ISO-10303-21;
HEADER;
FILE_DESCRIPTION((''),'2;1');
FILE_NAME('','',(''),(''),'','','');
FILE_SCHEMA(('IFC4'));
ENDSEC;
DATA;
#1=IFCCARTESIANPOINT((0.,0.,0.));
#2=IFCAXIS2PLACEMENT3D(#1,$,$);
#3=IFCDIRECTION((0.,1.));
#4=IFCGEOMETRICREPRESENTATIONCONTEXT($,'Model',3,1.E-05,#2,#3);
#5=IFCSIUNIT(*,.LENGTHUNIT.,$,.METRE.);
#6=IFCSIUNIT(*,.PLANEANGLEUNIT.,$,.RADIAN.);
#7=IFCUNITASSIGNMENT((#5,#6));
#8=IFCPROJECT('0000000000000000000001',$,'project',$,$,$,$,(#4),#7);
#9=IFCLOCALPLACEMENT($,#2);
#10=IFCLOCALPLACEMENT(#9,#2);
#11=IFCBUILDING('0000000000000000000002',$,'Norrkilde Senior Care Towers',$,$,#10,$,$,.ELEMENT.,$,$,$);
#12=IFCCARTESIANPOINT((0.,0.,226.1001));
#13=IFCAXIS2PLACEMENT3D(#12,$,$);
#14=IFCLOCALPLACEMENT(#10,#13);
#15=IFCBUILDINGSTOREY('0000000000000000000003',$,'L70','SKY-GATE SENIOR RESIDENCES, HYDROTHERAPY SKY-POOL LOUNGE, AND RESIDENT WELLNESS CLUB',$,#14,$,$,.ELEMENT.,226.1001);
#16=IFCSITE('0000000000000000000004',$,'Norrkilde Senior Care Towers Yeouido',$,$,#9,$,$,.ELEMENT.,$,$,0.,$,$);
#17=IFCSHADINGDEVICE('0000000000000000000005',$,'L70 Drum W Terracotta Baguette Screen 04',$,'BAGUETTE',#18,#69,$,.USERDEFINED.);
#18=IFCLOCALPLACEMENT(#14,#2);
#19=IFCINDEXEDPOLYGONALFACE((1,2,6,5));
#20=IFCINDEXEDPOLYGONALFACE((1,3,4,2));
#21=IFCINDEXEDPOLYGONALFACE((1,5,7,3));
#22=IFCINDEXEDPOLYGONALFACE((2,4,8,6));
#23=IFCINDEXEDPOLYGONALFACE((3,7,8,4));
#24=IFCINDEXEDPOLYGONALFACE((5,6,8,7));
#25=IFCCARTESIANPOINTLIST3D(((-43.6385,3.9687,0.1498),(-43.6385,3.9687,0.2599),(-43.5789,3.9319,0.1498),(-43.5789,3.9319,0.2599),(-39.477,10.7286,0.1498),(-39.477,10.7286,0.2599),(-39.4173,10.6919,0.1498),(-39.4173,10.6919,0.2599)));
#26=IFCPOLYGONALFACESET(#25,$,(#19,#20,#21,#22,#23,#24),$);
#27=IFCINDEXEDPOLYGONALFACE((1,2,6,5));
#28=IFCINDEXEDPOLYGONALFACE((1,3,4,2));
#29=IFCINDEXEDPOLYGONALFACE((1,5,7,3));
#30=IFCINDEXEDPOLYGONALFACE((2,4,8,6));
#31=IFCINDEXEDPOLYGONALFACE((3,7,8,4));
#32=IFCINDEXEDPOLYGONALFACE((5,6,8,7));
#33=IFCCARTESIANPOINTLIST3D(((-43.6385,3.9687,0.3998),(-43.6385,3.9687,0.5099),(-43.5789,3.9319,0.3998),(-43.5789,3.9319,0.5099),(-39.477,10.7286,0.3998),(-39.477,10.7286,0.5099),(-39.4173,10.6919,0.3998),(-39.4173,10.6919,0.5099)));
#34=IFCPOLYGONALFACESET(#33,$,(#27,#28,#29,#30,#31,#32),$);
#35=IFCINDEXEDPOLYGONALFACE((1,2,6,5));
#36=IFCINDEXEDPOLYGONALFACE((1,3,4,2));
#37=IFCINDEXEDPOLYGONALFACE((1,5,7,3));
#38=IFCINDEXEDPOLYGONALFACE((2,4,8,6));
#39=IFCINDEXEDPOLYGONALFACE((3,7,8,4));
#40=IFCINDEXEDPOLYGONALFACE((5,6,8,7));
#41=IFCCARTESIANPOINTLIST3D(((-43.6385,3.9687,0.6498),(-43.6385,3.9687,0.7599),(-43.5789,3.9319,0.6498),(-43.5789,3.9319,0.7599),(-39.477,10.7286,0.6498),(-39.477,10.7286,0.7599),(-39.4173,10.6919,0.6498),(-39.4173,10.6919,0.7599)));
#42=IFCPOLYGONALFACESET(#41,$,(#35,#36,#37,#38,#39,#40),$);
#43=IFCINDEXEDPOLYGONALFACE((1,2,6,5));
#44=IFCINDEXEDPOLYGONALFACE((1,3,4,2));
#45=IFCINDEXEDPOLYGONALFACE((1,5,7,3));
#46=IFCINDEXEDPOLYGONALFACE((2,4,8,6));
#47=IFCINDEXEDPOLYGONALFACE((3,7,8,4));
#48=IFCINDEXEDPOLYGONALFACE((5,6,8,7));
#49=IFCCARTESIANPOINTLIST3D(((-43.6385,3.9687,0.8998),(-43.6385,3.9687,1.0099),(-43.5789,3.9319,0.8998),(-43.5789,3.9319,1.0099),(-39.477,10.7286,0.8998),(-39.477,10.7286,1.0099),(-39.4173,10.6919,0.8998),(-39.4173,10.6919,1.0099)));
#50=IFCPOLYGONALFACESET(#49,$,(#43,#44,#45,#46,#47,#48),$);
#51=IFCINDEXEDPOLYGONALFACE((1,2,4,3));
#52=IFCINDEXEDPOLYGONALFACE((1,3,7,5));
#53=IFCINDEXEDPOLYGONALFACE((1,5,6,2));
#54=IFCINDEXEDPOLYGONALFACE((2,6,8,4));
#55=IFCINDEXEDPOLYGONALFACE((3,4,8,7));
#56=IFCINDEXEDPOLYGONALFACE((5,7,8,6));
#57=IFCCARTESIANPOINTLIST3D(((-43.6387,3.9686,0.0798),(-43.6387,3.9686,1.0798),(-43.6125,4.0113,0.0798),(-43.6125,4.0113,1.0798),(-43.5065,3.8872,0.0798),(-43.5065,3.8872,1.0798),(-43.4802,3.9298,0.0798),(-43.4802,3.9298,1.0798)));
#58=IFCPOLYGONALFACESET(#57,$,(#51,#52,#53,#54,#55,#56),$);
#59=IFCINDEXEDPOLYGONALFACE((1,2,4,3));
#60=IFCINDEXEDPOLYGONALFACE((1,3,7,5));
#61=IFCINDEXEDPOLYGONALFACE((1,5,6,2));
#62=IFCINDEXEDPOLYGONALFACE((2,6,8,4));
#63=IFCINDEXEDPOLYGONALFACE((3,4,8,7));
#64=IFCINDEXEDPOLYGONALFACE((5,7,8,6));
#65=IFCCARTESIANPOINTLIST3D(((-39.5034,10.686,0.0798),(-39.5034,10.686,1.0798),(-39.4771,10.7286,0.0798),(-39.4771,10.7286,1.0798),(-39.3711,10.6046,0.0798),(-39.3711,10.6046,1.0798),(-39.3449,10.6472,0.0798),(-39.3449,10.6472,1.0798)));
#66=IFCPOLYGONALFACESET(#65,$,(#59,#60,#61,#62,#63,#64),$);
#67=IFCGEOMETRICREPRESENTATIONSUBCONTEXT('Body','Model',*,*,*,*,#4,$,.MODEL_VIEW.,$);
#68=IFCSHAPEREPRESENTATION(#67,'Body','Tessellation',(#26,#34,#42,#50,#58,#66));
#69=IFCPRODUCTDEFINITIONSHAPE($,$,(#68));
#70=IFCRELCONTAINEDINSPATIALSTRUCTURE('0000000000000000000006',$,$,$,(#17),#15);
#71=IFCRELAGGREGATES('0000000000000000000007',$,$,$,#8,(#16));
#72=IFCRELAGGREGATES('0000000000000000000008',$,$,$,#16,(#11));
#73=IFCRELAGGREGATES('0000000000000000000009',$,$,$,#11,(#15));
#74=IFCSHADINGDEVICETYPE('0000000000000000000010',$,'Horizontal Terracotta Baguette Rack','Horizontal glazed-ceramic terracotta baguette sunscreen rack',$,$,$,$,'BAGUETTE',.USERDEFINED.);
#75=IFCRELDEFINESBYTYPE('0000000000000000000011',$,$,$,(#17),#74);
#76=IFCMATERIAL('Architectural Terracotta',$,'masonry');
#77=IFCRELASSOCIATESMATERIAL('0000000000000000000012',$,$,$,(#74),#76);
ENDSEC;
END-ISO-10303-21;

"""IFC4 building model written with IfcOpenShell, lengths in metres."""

from ifc_helpers import new_model, si_unit, direction, frame, origin, origin_2d, place, context, subcontext, project, spatial, rectangle, extrude, source, transform, mapped, material, type_object, type_shapes, element, save


model = new_model("IFC4")

# Units and contexts
model_context = context("Model", 3, precision=1e-05, world=origin(), true_north=direction((0.0, 1.0)))
body_context = subcontext(model_context, "Body", "Model", "MODEL_VIEW")
ifc_project = project(units=[si_unit("LENGTHUNIT", "METRE"), si_unit("PLANEANGLEUNIT", "RADIAN")], contexts=[model_context])

# Site, building, storey
site_placement = place(None, origin())
site = spatial("IfcSite", under=ifc_project, at=site_placement, Name="Norrkilde Senior Care Towers Yeouido", CompositionType="ELEMENT", RefElevation=0.0)
building_placement = place(site_placement, origin())
building = spatial("IfcBuilding", under=site, at=building_placement, Name="Norrkilde Senior Care Towers", CompositionType="ELEMENT")
storey_placement = place(building_placement, frame((0.0, 0.0, 226.1001)))
storey = spatial("IfcBuildingStorey", under=building, at=storey_placement, Name="L70", Description="SKY-GATE SENIOR RESIDENCES, HYDROTHERAPY SKY-POOL LOUNGE, AND RESIDENT WELLNESS CLUB", CompositionType="ELEMENT", Elevation=226.1001)

# Shading device
ifc_material_1 = material(Name="Architectural Terracotta", Category="masonry")
shading_device_type = type_object("IfcShadingDeviceType", Name="Horizontal Terracotta Baguette Rack", Description="Horizontal glazed-ceramic terracotta baguette sunscreen rack", ElementType="BAGUETTE", PredefinedType="USERDEFINED", material=ifc_material_1)
shared_shape_1 = source(origin(), body_context, "Body", "SweptSolid", [
    extrude(rectangle(XDim=0.0701, YDim=0.1101, at=origin_2d()), frame((0.0, 0.0901, 0.125), z_axis=(1.0, 0.0, 0.0), x_axis=(0.0, 1.0, 0.0)), (0.0, 0.0, 1.0), 7.9382),
    extrude(rectangle(XDim=0.0701, YDim=0.1101, at=origin_2d()), frame((0.0, 0.0901, 0.375), z_axis=(1.0, 0.0, 0.0), x_axis=(0.0, 1.0, 0.0)), (0.0, 0.0, 1.0), 7.9382),
    extrude(rectangle(XDim=0.0701, YDim=0.1101, at=origin_2d()), frame((0.0, 0.0901, 0.625), z_axis=(1.0, 0.0, 0.0), x_axis=(0.0, 1.0, 0.0)), (0.0, 0.0, 1.0), 7.9382),
    extrude(rectangle(XDim=0.0701, YDim=0.1101, at=origin_2d()), frame((0.0, 0.0901, 0.875), z_axis=(1.0, 0.0, 0.0), x_axis=(0.0, 1.0, 0.0)), (0.0, 0.0, 1.0), 7.9382),
    extrude(rectangle(XDim=0.05, YDim=0.1553, at=origin_2d()), frame((0.0249, 0.0476, 0.0)), (0.0, 0.0, 1.0), 1.0),
    extrude(rectangle(XDim=0.05, YDim=0.1553, at=origin_2d()), frame((7.9131, 0.0476, 0.0)), (0.0, 0.0, 1.0), 1.0),
])
type_shapes(shading_device_type, [shared_shape_1])
shading_device_placement = place(storey_placement, frame((-43.532, 3.9031, 0.0798), z_axis=(0.0, 0.0, 1.0), x_axis=(0.52425, 0.851576, 0.0)))
element("IfcShadingDevice", 1, at=shading_device_placement, inside=storey, type_object=shading_device_type, Name="L70 Drum W Terracotta Baguette Screen 04", ObjectType="BAGUETTE", PredefinedType="USERDEFINED", context=body_context, shape_type="MappedRepresentation", body=[
    mapped(shared_shape_1, transform((0.0, 0.0, 0.0), x_axis=(1.0, 0.0, 0.0), y_axis=(0.0, 1.0, 0.0), z_axis=(0.0, 0.0, 1.0), scale=1.0)),
])

save(model, "model.ifc")
